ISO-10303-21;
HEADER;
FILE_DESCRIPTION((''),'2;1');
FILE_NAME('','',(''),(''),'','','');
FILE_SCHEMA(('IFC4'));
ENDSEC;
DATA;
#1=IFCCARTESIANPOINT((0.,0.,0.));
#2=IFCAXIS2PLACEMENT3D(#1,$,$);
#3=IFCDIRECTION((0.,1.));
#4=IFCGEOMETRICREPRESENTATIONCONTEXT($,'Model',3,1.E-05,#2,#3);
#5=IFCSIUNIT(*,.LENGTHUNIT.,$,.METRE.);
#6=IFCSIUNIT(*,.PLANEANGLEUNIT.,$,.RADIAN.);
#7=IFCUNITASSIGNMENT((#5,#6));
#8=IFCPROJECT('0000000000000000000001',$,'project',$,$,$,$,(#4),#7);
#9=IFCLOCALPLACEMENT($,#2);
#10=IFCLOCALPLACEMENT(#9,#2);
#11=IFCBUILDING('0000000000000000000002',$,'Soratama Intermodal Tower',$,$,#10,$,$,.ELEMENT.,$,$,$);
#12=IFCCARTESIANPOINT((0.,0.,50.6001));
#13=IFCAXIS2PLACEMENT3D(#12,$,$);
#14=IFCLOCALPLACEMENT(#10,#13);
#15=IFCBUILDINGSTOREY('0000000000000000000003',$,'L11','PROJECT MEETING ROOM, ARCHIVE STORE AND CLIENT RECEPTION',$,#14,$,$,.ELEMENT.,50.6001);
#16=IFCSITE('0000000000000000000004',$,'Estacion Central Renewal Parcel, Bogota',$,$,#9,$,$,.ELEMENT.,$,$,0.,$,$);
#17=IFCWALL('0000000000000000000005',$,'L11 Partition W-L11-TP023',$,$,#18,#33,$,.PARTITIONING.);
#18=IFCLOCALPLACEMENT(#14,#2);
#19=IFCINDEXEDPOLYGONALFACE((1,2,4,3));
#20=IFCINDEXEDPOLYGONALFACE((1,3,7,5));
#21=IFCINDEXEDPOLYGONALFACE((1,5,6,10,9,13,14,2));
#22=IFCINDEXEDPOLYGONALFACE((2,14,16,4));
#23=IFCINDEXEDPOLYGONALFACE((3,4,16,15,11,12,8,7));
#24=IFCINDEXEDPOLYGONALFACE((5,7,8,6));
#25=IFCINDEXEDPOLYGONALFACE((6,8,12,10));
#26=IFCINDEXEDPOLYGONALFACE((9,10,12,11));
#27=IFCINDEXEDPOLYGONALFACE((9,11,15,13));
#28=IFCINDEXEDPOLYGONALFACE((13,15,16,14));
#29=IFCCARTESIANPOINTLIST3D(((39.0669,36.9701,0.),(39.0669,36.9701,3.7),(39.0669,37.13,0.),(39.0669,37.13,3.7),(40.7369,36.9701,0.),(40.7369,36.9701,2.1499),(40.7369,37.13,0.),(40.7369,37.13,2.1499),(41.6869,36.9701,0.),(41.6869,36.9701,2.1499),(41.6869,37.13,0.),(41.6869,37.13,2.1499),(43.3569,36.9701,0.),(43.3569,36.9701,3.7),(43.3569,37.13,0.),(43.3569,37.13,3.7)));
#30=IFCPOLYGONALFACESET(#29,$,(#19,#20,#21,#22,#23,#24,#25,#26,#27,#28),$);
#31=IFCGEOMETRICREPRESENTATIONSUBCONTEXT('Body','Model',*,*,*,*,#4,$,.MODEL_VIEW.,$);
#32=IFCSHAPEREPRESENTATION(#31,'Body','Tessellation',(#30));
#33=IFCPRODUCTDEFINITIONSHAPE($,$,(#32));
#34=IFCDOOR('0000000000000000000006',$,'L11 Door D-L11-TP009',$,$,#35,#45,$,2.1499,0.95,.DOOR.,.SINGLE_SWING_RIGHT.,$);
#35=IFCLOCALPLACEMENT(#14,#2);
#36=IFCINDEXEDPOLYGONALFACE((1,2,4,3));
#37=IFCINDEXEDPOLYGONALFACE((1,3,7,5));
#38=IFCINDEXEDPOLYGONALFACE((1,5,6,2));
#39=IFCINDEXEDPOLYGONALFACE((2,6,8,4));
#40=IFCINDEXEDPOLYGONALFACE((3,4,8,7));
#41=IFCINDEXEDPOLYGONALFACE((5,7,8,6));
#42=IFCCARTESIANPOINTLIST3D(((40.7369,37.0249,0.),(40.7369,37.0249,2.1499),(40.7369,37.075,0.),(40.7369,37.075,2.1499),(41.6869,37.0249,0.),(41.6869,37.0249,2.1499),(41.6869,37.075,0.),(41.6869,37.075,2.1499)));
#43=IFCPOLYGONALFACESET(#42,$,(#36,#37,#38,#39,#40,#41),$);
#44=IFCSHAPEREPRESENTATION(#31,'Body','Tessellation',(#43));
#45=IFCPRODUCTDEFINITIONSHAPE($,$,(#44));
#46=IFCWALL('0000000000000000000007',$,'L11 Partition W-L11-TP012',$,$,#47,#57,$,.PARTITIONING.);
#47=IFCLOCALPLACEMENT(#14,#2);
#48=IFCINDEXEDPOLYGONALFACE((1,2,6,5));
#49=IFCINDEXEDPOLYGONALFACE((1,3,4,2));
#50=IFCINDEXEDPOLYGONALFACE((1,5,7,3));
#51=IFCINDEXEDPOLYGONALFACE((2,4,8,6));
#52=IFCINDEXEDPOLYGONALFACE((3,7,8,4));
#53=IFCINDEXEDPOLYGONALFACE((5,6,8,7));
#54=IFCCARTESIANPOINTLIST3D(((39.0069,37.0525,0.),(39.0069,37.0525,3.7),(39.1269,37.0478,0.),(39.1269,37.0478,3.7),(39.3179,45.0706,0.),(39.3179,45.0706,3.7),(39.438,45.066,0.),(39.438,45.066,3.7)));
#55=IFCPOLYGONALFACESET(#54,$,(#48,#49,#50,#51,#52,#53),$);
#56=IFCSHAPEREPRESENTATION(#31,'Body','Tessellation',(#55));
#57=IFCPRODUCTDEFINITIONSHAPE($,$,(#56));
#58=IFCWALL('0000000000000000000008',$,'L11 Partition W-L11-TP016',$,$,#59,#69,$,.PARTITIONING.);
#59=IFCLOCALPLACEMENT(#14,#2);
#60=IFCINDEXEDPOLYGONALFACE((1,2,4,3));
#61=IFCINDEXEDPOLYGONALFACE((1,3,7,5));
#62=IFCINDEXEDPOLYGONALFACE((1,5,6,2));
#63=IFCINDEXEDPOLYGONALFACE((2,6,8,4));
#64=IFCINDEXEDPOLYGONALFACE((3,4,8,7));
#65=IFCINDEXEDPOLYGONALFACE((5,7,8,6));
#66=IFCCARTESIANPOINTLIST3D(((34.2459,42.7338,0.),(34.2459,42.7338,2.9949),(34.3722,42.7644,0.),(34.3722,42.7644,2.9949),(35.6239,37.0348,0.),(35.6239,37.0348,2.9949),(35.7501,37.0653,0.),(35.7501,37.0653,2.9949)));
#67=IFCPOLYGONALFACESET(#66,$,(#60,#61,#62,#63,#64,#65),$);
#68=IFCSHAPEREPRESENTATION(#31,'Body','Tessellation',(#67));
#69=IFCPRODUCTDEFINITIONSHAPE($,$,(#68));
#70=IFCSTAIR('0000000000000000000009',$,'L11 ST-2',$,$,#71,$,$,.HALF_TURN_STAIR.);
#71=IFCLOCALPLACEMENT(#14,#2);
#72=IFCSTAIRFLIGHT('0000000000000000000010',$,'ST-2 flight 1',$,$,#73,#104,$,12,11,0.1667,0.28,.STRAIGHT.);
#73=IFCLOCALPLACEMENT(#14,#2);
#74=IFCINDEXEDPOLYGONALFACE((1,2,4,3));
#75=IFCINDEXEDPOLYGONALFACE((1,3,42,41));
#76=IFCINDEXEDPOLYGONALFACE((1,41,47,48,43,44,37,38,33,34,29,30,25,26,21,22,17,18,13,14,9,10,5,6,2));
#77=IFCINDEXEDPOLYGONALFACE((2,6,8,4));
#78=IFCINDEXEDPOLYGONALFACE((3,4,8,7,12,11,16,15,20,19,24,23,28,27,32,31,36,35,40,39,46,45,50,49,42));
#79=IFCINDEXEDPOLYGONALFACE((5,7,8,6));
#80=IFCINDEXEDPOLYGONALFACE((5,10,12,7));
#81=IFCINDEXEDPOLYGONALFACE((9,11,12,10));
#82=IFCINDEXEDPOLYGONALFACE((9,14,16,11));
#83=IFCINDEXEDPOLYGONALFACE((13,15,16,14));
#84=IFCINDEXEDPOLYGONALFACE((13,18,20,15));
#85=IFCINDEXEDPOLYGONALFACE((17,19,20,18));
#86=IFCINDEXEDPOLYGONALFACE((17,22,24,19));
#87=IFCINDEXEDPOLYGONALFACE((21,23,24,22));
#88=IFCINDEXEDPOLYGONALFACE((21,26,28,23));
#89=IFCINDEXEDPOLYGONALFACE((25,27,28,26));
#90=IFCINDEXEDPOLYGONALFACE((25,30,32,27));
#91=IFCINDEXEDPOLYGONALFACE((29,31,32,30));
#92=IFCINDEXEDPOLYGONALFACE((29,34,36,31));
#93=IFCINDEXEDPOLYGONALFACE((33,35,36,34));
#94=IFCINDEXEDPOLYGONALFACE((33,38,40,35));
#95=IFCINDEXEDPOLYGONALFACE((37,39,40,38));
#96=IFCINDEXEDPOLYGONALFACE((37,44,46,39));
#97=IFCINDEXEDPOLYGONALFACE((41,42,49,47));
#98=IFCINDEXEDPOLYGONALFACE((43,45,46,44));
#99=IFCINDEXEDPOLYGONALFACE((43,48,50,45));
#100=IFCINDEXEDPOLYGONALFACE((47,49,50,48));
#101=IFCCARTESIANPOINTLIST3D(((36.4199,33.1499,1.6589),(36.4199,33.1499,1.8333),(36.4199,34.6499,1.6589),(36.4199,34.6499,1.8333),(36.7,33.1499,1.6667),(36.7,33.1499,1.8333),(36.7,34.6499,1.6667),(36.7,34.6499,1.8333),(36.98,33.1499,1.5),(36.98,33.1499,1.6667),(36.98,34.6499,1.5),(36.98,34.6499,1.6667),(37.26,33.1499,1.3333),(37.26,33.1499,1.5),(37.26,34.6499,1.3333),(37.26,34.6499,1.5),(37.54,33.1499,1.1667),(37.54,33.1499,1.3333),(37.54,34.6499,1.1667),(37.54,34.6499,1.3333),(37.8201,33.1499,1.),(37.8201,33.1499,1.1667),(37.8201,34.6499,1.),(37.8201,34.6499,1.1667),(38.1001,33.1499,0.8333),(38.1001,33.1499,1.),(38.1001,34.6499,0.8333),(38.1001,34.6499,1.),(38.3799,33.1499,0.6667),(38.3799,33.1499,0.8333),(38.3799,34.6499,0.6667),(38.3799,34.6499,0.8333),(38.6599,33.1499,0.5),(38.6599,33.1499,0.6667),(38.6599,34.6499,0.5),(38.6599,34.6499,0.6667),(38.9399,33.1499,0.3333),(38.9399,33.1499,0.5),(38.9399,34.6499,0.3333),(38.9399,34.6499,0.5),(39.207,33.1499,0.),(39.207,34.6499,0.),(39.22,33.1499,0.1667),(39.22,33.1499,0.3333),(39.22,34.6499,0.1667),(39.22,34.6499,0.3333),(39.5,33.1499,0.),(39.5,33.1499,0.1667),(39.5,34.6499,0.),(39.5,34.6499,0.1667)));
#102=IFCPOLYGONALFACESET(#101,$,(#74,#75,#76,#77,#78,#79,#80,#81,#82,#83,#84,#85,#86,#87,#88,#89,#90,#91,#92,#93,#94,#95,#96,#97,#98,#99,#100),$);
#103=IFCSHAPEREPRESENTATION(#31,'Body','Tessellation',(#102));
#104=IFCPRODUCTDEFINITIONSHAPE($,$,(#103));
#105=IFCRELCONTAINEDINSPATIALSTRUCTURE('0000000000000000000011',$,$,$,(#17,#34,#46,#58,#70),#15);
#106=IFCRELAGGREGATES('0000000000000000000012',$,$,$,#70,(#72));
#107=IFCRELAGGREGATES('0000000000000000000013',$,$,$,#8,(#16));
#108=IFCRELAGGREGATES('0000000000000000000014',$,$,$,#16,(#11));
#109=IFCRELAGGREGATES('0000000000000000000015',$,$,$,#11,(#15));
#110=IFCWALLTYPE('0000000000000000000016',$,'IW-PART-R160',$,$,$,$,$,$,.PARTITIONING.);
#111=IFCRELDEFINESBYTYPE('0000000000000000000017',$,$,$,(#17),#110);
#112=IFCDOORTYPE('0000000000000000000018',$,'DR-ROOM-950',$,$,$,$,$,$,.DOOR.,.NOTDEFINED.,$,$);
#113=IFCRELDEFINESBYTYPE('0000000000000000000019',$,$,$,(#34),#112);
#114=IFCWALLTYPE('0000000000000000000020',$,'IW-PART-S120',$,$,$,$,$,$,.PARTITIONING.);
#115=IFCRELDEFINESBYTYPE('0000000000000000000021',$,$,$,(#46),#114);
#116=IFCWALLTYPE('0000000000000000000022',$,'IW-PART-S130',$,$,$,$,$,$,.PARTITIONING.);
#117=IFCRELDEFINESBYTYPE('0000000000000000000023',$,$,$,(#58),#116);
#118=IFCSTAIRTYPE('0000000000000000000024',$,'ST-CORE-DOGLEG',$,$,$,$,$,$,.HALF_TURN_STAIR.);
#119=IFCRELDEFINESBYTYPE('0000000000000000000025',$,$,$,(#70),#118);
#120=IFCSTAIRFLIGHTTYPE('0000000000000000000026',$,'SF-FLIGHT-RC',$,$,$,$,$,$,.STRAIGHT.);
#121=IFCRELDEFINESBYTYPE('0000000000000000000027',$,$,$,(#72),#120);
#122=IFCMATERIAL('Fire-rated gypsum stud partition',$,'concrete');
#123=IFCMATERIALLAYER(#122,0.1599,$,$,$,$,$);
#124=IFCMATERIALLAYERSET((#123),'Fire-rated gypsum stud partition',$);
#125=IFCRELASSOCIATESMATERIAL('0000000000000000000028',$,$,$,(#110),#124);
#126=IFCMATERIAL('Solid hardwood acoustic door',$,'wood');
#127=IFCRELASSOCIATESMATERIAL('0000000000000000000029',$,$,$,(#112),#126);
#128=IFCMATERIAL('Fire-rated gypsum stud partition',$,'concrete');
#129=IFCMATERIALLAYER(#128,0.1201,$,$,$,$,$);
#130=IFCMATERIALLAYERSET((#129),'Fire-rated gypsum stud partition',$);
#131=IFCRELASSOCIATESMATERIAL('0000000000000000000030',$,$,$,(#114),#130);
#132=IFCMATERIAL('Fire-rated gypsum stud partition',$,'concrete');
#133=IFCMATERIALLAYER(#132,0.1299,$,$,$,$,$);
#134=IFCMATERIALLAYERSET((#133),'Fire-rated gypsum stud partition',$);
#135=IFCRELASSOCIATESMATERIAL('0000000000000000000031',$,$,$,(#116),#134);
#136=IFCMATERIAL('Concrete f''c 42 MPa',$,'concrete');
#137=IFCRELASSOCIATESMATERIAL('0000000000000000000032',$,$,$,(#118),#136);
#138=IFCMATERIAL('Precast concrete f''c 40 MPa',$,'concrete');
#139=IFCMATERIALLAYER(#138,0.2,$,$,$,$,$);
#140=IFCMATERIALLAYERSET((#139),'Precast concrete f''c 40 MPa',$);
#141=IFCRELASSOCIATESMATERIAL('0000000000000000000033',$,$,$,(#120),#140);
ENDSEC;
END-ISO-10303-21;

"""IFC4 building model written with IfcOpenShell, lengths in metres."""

from ifc_helpers import new_model, si_unit, direction, frame, frame_2d, origin, place, context, subcontext, project, spatial, polyline, rectangle, outline, extrude, material, layer, layer_set, type_object, element, fill, aggregate, save


model = new_model("IFC4")

# Units and contexts
model_context = context("Model", 3, precision=1e-05, world=origin(), true_north=direction((0.0, 1.0)))
body_context = subcontext(model_context, "Body", "Model", "MODEL_VIEW")
ifc_project = project(units=[si_unit("LENGTHUNIT", "METRE"), si_unit("PLANEANGLEUNIT", "RADIAN")], contexts=[model_context])

# Site, building, storey
site_placement = place(None, origin())
site = spatial("IfcSite", under=ifc_project, at=site_placement, Name="Estacion Central Renewal Parcel, Bogota", CompositionType="ELEMENT", RefElevation=0.0)
building_placement = place(site_placement, origin())
building = spatial("IfcBuilding", under=site, at=building_placement, Name="Soratama Intermodal Tower", CompositionType="ELEMENT")
storey_placement = place(building_placement, frame((0.0, 0.0, 50.6001)))
storey = spatial("IfcBuildingStorey", under=building, at=storey_placement, Name="L11", Description="PROJECT MEETING ROOM, ARCHIVE STORE AND CLIENT RECEPTION", CompositionType="ELEMENT", Elevation=50.6001)

# Wall, opening, door
ifc_material_1 = material(Name="Fire-rated gypsum stud partition", Category="concrete")
ifc_layer_1 = layer(ifc_material_1, 0.1599)
ifc_layer_set_1 = layer_set([ifc_layer_1], Name="Fire-rated gypsum stud partition")
wall_type_1 = type_object("IfcWallType", Name="IW-PART-R160", PredefinedType="PARTITIONING", material=ifc_layer_set_1)
wall_1_placement = place(storey_placement, frame((39.0669, 37.05, 0.0), z_axis=(0.0, 0.0, 1.0), x_axis=(1.0, 0.0, 0.0)))
wall_1 = element("IfcWall", 1, at=wall_1_placement, inside=storey, type_object=wall_type_1, Name="L11 Partition W-L11-TP023", PredefinedType="PARTITIONING", context=body_context, shape_type="SweptSolid", body=[
    extrude(rectangle(XDim=4.29, YDim=0.1599, at=frame_2d((2.145, 0.0))), origin(), (0.0, 0.0, 1.0), 3.7),
])
opening_1_placement = place(wall_1_placement, frame((1.6699, 0.0, 0.0)))
opening_1 = element("IfcOpeningElement", 2, at=opening_1_placement, cuts=wall_1, PredefinedType="OPENING", context=body_context, shape_type="SweptSolid", body=[
    extrude(rectangle(XDim=0.95, YDim=2.1499, at=frame_2d((0.4751, 1.075))), frame((0.0, 0.0898, 0.0), z_axis=(0.0, -1.0, 0.0), x_axis=(1.0, 0.0, 0.0)), (0.0, 0.0, 1.0), 0.1799),
])
ifc_material_2 = material(Name="Solid hardwood acoustic door", Category="wood")
door_type = type_object("IfcDoorType", Name="DR-ROOM-950", OperationType="NOTDEFINED", PredefinedType="DOOR", material=ifc_material_2)
door_1_placement = place(opening_1_placement, origin())
door_1 = element("IfcDoor", 3, at=door_1_placement, inside=storey, type_object=door_type, Name="L11 Door D-L11-TP009", OperationType="SINGLE_SWING_RIGHT", OverallHeight=2.1499, OverallWidth=0.95, PredefinedType="DOOR", context=body_context, shape_type="SweptSolid", body=[
    extrude(rectangle(XDim=0.95, YDim=2.1499, at=frame_2d((0.4751, 1.075))), frame((0.0, 0.0249, 0.0), z_axis=(0.0, -1.0, 0.0), x_axis=(1.0, 0.0, 0.0)), (0.0, 0.0, 1.0), 0.05),
])
fill(opening_1, door_1)

# Walls
ifc_material_3 = material(Name="Fire-rated gypsum stud partition", Category="concrete")
ifc_layer_2 = layer(ifc_material_3, 0.1201)
ifc_layer_set_2 = layer_set([ifc_layer_2], Name="Fire-rated gypsum stud partition")
wall_type_2 = type_object("IfcWallType", Name="IW-PART-S120", PredefinedType="PARTITIONING", material=ifc_layer_set_2)
wall_2_placement = place(storey_placement, frame((39.0669, 37.05, 0.0), z_axis=(0.0, 0.0, 1.0), x_axis=(0.038763, 0.999248, 0.0)))
element("IfcWall", 4, at=wall_2_placement, inside=storey, type_object=wall_type_2, Name="L11 Partition W-L11-TP012", PredefinedType="PARTITIONING", context=body_context, shape_type="SweptSolid", body=[
    extrude(rectangle(XDim=8.0242, YDim=0.1201, at=frame_2d((4.0122, 0.0))), origin(), (0.0, 0.0, 1.0), 3.7),
])
ifc_material_4 = material(Name="Fire-rated gypsum stud partition", Category="concrete")
ifc_layer_3 = layer(ifc_material_4, 0.1299)
ifc_layer_set_3 = layer_set([ifc_layer_3], Name="Fire-rated gypsum stud partition")
wall_type_3 = type_object("IfcWallType", Name="IW-PART-S130", PredefinedType="PARTITIONING", material=ifc_layer_set_3)
wall_3_placement = place(storey_placement, frame((35.687, 37.05, 0.0), z_axis=(0.0, 0.0, 1.0), x_axis=(-0.235014, 0.971992, 0.0)))
element("IfcWall", 5, at=wall_3_placement, inside=storey, type_object=wall_type_3, Name="L11 Partition W-L11-TP016", PredefinedType="PARTITIONING", context=body_context, shape_type="SweptSolid", body=[
    extrude(rectangle(XDim=5.8633, YDim=0.1299, at=frame_2d((2.9316, 0.0))), origin(), (0.0, 0.0, 1.0), 2.9949),
])

# Stair, stair flight
ifc_material_5 = material(Name="Concrete f'c 42 MPa", Category="concrete")
stair_type = type_object("IfcStairType", Name="ST-CORE-DOGLEG", PredefinedType="HALF_TURN_STAIR", material=ifc_material_5)
stair_placement = place(storey_placement, origin())
stair = element("IfcStair", 6, at=stair_placement, inside=storey, type_object=stair_type, Name="L11 ST-2", PredefinedType="HALF_TURN_STAIR")
ifc_material_6 = material(Name="Precast concrete f'c 40 MPa", Category="concrete")
ifc_layer_4 = layer(ifc_material_6, 0.2)
ifc_layer_set_4 = layer_set([ifc_layer_4], Name="Precast concrete f'c 40 MPa")
stair_flight_type = type_object("IfcStairFlightType", Name="SF-FLIGHT-RC", PredefinedType="STRAIGHT", material=ifc_layer_set_4)
stair_flight_placement = place(storey_placement, frame((39.5, 33.8999, 0.0), z_axis=(0.0, 0.0, 1.0), x_axis=(-1.0, 0.0, 0.0)))
stair_flight = element("IfcStairFlight", 7, at=stair_flight_placement, type_object=stair_flight_type, Name="ST-2 flight 1", NumberOfRisers=12, NumberOfTreads=11, PredefinedType="STRAIGHT", RiserHeight=0.1667, TreadLength=0.28, context=body_context, shape_type="SweptSolid", body=[
    extrude(outline(polyline([(0.0, 0.0), (0.0, 0.1667), (0.28, 0.1667), (0.28, 0.3333), (0.5601, 0.3333), (0.5601, 0.5), (0.8401, 0.5), (0.8401, 0.6667), (1.1201, 0.6667), (1.1201, 0.8333), (1.3999, 0.8333), (1.3999, 1.0), (1.6799, 1.0), (1.6799, 1.1667), (1.96, 1.1667), (1.96, 1.3333), (2.24, 1.3333), (2.24, 1.5), (2.52, 1.5), (2.52, 1.6667), (2.8, 1.6667), (2.8, 1.8333), (3.0801, 1.8333), (3.0801, 2.0), (3.0801, 1.6589), (0.293, 0.0), (0.0, 0.0)])), frame((0.0, 0.75, 0.0), z_axis=(0.0, -1.0, 0.0), x_axis=(1.0, 0.0, 0.0)), (0.0, 0.0, 1.0), 1.5),
])
aggregate(stair, [stair_flight])

save(model, "model.ifc")
